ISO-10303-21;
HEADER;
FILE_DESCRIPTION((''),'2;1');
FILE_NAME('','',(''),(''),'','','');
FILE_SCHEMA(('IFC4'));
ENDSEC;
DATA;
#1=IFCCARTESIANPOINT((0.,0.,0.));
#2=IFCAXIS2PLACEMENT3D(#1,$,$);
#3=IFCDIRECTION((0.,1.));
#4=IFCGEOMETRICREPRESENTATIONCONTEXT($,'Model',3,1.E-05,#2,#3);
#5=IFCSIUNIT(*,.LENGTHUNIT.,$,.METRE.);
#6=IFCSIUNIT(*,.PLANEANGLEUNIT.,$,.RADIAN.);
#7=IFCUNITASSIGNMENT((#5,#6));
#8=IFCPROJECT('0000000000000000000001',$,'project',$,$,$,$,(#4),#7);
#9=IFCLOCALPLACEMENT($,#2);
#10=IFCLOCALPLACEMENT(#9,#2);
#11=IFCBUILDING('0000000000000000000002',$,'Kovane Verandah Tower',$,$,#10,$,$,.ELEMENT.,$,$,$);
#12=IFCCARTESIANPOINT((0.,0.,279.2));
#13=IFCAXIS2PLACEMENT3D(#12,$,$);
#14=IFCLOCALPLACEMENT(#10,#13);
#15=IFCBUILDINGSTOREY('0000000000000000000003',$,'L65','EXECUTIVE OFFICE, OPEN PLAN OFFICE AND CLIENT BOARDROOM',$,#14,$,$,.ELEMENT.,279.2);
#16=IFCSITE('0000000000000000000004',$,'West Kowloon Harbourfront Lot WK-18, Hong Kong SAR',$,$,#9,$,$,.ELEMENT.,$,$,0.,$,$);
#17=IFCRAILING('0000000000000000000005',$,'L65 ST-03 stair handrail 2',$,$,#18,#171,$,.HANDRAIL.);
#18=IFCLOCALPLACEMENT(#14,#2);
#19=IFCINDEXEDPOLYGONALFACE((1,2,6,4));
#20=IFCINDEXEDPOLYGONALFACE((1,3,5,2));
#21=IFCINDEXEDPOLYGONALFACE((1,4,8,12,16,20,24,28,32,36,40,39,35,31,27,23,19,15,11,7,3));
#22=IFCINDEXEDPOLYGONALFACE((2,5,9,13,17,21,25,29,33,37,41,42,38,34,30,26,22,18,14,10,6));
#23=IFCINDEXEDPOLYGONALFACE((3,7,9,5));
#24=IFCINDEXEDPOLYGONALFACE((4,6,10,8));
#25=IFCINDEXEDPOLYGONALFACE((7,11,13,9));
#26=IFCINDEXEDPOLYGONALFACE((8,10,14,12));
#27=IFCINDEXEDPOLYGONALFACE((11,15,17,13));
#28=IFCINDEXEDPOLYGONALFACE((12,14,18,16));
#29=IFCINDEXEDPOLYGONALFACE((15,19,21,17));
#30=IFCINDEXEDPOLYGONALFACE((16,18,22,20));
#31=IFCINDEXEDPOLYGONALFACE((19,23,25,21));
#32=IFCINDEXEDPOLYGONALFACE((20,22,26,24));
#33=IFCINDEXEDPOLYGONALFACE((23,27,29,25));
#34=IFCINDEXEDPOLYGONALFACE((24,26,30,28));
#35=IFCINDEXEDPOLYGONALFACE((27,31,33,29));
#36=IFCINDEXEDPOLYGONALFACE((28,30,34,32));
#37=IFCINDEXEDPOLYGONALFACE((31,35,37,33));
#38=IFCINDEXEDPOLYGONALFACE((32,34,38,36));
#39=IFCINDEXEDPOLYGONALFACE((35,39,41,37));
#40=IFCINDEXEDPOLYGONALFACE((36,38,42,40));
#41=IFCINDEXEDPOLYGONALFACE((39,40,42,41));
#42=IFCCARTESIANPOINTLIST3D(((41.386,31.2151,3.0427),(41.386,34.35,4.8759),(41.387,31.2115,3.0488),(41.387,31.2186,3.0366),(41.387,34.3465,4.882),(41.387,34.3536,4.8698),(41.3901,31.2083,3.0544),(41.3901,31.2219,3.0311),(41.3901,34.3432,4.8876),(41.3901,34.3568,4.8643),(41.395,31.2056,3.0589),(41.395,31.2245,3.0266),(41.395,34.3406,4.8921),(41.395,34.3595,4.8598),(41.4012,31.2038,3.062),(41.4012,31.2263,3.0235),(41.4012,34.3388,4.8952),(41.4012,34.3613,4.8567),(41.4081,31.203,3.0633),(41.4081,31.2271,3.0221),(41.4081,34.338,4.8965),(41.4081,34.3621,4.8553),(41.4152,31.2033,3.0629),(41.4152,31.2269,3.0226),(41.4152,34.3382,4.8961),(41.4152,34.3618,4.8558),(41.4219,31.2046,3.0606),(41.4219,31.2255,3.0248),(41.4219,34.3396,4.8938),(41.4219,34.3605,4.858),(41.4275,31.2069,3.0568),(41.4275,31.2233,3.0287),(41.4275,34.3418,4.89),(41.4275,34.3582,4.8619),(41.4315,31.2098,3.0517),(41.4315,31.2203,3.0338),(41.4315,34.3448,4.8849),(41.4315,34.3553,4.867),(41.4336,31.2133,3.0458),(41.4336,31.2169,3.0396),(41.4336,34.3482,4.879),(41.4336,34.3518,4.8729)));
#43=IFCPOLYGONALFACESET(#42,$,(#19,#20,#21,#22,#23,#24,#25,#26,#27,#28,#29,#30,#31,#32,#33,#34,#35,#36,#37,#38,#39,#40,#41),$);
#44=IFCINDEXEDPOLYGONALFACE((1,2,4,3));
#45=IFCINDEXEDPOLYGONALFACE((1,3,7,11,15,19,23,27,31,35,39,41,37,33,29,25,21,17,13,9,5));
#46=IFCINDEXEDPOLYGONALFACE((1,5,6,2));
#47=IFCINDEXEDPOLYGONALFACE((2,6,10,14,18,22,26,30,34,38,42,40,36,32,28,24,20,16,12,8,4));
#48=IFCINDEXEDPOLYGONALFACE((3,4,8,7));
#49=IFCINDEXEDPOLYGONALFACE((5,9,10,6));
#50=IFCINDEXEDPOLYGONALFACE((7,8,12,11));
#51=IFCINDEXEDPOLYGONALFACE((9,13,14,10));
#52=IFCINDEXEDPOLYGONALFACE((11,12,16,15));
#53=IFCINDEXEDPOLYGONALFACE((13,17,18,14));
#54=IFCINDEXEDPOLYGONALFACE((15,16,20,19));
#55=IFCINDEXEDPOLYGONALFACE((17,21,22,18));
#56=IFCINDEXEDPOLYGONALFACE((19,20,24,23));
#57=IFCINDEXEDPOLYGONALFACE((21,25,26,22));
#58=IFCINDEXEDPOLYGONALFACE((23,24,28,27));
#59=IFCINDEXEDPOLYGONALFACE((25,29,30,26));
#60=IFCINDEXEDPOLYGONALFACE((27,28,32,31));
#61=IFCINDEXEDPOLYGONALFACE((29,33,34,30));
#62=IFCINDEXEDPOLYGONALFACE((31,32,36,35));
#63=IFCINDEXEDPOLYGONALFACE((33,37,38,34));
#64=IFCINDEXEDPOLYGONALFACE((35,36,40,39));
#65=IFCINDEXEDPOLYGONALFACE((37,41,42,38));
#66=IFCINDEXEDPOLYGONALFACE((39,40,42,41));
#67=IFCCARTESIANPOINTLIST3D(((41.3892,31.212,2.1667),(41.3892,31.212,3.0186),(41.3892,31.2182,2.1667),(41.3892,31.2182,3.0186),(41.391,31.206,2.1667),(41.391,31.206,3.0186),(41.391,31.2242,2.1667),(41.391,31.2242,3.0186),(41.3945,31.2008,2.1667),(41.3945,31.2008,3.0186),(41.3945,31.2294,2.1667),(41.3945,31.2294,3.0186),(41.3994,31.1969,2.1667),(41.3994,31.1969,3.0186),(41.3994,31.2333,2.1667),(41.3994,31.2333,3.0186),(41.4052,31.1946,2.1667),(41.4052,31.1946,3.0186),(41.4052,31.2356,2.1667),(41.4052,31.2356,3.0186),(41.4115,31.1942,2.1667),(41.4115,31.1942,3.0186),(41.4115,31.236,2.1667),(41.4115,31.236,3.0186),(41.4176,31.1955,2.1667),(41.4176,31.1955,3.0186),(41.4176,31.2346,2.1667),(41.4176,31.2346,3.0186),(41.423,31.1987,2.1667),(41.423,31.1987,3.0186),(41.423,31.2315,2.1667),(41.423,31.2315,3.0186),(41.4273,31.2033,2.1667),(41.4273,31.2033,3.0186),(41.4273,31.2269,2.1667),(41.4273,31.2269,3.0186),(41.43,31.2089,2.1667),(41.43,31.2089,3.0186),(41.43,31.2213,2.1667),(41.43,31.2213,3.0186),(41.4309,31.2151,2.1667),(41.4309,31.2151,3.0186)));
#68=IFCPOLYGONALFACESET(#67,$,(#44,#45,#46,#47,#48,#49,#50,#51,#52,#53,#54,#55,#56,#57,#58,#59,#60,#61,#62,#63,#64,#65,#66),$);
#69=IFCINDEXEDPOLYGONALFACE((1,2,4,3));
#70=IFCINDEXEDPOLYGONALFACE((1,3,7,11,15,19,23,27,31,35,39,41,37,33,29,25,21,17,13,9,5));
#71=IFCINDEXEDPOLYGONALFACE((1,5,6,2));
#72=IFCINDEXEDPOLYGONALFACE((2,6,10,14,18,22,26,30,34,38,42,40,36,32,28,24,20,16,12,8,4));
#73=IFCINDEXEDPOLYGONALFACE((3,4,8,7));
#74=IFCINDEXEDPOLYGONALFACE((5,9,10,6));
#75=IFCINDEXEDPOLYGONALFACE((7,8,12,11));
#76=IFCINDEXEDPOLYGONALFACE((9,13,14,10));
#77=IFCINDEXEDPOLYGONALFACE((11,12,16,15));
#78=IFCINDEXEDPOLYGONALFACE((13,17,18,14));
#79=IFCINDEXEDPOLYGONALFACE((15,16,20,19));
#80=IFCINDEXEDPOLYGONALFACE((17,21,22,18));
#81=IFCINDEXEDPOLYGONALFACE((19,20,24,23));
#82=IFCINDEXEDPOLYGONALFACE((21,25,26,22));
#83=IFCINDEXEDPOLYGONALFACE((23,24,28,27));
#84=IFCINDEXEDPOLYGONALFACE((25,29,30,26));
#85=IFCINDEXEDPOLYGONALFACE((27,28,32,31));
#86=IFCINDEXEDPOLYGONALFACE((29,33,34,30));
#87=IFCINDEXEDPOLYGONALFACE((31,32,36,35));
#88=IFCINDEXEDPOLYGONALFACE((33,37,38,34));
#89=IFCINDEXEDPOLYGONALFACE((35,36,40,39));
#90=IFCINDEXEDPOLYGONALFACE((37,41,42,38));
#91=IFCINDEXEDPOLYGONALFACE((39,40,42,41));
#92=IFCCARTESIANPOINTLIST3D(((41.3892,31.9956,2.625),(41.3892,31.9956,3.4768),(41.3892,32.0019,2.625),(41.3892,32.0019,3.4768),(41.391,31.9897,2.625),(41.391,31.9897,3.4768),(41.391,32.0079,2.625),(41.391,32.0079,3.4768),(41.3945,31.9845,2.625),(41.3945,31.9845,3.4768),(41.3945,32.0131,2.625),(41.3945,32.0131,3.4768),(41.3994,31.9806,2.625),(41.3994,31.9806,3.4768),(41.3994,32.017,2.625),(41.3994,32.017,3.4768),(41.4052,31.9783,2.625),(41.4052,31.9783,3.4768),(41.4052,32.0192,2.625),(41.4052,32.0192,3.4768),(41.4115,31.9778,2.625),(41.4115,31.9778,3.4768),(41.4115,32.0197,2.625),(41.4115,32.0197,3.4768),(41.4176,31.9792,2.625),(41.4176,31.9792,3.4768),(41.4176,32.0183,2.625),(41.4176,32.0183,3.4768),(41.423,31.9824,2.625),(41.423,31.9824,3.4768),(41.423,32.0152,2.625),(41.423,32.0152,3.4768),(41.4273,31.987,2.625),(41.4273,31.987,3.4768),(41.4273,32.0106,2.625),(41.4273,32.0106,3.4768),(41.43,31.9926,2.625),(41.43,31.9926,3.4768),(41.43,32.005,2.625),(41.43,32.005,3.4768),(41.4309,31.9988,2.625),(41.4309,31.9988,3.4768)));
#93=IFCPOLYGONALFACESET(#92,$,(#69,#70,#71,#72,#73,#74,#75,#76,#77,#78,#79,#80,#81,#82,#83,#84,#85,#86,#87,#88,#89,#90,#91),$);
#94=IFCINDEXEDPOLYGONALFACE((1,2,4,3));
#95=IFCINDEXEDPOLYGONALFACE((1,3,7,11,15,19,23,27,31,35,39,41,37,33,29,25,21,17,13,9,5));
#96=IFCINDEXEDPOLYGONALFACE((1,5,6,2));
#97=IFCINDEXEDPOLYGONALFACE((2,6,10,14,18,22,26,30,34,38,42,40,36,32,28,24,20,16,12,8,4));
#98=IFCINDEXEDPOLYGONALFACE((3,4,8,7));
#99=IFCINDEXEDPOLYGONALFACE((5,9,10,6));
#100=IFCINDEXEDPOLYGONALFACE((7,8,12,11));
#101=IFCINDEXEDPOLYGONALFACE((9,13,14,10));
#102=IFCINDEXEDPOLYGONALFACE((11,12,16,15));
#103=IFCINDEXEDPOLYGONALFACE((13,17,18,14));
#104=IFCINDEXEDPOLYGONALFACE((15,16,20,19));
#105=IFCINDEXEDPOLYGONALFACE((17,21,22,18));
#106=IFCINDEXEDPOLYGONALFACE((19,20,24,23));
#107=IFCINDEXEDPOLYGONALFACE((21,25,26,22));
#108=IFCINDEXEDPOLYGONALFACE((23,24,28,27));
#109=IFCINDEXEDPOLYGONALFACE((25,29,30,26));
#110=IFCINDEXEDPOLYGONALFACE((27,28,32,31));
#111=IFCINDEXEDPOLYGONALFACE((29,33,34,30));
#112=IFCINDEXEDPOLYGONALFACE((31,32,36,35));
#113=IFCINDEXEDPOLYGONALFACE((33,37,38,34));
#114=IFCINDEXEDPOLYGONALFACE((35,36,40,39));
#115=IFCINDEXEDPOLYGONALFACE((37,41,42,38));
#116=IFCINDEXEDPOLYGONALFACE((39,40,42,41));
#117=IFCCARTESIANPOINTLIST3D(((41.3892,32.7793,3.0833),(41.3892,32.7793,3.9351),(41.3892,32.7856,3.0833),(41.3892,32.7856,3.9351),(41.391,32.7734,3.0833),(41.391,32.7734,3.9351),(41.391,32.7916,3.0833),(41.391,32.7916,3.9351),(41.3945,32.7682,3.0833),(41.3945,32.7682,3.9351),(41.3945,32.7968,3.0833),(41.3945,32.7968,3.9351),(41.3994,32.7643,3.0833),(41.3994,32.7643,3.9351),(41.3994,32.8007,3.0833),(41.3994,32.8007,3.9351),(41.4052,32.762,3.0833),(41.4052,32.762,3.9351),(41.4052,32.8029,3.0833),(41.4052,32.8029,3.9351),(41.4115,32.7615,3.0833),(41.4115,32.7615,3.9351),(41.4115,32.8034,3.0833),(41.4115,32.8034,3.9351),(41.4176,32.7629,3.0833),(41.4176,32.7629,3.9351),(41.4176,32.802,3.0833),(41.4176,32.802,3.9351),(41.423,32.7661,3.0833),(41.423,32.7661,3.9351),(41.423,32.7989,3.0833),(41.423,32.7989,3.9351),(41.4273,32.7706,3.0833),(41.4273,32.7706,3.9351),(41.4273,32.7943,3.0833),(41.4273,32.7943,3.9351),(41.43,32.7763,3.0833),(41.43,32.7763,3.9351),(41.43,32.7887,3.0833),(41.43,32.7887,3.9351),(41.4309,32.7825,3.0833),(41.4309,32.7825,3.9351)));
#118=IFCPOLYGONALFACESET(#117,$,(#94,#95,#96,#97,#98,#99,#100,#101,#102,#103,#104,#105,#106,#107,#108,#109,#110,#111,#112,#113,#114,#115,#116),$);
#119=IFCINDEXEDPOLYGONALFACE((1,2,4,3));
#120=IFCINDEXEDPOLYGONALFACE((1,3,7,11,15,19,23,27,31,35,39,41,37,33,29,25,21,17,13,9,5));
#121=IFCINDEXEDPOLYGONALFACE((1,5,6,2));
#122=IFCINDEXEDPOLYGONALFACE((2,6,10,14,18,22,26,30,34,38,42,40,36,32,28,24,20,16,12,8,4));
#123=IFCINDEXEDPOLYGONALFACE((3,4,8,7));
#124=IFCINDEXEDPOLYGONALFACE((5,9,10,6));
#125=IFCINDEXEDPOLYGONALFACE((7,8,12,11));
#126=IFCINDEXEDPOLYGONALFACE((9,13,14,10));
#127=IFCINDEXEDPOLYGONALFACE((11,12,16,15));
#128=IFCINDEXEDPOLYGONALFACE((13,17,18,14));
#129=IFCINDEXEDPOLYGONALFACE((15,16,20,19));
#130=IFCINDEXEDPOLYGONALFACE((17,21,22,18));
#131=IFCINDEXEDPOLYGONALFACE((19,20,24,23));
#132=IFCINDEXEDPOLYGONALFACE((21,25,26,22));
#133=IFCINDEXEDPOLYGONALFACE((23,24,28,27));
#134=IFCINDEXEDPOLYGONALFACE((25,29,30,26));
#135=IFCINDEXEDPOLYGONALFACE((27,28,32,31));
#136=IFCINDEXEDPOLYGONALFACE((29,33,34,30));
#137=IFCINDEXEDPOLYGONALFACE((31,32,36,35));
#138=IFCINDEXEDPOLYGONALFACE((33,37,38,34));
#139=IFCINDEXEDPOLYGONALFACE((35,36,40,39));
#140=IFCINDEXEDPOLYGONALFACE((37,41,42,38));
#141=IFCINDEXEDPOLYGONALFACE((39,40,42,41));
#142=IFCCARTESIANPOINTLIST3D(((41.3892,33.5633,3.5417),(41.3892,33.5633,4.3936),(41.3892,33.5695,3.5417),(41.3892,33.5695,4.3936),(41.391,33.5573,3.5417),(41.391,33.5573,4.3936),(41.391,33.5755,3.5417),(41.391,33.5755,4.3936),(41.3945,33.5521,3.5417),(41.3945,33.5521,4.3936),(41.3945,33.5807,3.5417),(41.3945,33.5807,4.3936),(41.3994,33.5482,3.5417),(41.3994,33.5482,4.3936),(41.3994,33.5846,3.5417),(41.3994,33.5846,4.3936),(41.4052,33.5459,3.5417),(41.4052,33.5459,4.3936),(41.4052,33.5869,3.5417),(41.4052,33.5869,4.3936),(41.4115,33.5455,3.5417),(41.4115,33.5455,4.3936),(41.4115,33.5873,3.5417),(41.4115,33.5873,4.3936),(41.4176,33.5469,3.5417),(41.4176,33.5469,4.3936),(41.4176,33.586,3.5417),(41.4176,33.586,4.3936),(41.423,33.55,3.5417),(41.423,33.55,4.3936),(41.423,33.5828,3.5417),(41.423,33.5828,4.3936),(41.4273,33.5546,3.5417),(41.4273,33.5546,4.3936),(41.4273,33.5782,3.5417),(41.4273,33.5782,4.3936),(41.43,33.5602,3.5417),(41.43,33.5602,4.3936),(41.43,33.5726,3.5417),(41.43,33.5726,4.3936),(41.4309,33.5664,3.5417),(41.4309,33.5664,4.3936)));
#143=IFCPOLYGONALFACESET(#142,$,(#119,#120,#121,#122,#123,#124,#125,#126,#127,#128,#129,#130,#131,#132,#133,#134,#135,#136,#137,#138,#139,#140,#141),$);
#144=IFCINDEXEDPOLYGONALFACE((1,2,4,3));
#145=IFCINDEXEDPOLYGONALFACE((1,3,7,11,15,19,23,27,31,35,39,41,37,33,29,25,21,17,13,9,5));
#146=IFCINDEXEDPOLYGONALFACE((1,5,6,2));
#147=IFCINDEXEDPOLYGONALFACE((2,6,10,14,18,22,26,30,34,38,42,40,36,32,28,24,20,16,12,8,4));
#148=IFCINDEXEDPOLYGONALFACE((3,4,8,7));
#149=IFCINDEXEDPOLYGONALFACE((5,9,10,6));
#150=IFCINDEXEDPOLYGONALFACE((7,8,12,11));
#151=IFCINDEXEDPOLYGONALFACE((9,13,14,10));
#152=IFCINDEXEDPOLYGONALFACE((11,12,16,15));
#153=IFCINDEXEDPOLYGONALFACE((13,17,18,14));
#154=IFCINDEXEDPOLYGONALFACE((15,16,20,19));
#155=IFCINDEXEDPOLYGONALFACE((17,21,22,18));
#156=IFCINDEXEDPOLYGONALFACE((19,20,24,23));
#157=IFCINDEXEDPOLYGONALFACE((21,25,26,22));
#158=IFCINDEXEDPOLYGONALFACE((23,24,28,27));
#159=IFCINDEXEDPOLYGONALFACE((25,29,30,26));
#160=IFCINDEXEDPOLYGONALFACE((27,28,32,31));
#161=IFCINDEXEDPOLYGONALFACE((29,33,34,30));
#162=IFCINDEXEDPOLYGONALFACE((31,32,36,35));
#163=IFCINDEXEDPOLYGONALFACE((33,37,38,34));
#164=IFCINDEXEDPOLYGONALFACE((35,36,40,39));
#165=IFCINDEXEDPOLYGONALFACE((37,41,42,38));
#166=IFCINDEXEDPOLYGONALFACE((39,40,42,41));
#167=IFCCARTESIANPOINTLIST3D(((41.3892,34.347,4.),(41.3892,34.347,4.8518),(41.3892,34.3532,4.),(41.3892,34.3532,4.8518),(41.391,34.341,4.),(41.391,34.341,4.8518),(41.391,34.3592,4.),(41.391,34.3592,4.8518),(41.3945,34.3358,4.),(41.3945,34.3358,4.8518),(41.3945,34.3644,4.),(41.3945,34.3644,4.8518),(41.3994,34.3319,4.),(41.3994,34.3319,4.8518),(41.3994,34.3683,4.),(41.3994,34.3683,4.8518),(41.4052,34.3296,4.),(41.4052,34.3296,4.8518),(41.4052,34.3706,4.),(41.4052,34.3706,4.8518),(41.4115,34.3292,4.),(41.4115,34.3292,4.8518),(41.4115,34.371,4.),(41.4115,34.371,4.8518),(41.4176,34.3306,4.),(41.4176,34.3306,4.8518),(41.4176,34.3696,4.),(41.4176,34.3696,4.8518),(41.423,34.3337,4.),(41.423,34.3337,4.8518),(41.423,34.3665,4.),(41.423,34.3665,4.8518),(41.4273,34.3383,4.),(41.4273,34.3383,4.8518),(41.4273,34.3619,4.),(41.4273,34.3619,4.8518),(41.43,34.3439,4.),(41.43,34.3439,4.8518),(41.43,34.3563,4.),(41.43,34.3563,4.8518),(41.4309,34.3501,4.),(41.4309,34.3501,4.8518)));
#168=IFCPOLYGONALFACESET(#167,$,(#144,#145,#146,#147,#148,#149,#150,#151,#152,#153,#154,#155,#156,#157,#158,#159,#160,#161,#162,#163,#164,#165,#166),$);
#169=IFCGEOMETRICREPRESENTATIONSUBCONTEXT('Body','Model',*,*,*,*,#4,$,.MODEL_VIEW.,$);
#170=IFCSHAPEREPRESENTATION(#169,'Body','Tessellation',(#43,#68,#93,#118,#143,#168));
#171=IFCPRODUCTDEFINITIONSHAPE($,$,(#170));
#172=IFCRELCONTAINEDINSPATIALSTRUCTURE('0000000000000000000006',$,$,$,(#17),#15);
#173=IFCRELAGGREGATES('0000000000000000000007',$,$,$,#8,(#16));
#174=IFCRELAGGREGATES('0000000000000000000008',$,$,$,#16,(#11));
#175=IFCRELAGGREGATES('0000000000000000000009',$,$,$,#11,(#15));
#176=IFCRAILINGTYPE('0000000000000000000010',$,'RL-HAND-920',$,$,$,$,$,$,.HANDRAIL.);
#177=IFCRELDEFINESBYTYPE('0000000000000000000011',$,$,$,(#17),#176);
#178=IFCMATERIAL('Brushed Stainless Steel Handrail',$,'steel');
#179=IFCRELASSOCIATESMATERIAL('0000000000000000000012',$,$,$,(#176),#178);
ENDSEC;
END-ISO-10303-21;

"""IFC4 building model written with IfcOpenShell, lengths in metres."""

from ifc_helpers import new_model, si_unit, direction, frame, origin, origin_2d, place, context, subcontext, project, spatial, circle, extrude, material, type_object, element, save


model = new_model("IFC4")

# Units and contexts
model_context = context("Model", 3, precision=1e-05, world=origin(), true_north=direction((0.0, 1.0)))
body_context = subcontext(model_context, "Body", "Model", "MODEL_VIEW")
ifc_project = project(units=[si_unit("LENGTHUNIT", "METRE"), si_unit("PLANEANGLEUNIT", "RADIAN")], contexts=[model_context])

# Site, building, storey
site_placement = place(None, origin())
site = spatial("IfcSite", under=ifc_project, at=site_placement, Name="West Kowloon Harbourfront Lot WK-18, Hong Kong SAR", CompositionType="ELEMENT", RefElevation=0.0)
building_placement = place(site_placement, origin())
building = spatial("IfcBuilding", under=site, at=building_placement, Name="Kovane Verandah Tower", CompositionType="ELEMENT")
storey_placement = place(building_placement, frame((0.0, 0.0, 279.2)))
storey = spatial("IfcBuildingStorey", under=building, at=storey_placement, Name="L65", Description="EXECUTIVE OFFICE, OPEN PLAN OFFICE AND CLIENT BOARDROOM", CompositionType="ELEMENT", Elevation=279.2)

# Railing
ifc_material_1 = material(Name="Brushed Stainless Steel Handrail", Category="steel")
railing_type_1 = type_object("IfcRailingType", Name="RL-HAND-920", PredefinedType="HANDRAIL", material=ifc_material_1)
railing_1_placement = place(storey_placement, frame((41.4099, 31.2151, 2.1667)))
element("IfcRailing", 1, at=railing_1_placement, inside=storey, type_object=railing_type_1, Name="L65 ST-03 stair handrail 2", PredefinedType="HANDRAIL", context=body_context, shape_type="SweptSolid", body=[
    extrude(circle(Radius=0.0239, at=origin_2d()), frame((0.0, 0.0, 0.876), z_axis=(0.0, 0.86324, 0.504794), x_axis=(-1.0, 0.0, 0.0)), (0.0, 0.0, 1.0), 3.6316),
    extrude(circle(Radius=0.021, at=origin_2d()), origin(), (0.0, 0.0, 1.0), 0.8518),
    extrude(circle(Radius=0.021, at=origin_2d()), frame((0.0, 0.7837, 0.4583)), (0.0, 0.0, 1.0), 0.8518),
    extrude(circle(Radius=0.021, at=origin_2d()), frame((0.0, 1.5674, 0.9165)), (0.0, 0.0, 1.0), 0.8518),
    extrude(circle(Radius=0.021, at=origin_2d()), frame((0.0, 2.3513, 1.375)), (0.0, 0.0, 1.0), 0.8518),
    extrude(circle(Radius=0.021, at=origin_2d()), frame((0.0, 3.135, 1.8333)), (0.0, 0.0, 1.0), 0.8518),
])

save(model, "model.ifc")
